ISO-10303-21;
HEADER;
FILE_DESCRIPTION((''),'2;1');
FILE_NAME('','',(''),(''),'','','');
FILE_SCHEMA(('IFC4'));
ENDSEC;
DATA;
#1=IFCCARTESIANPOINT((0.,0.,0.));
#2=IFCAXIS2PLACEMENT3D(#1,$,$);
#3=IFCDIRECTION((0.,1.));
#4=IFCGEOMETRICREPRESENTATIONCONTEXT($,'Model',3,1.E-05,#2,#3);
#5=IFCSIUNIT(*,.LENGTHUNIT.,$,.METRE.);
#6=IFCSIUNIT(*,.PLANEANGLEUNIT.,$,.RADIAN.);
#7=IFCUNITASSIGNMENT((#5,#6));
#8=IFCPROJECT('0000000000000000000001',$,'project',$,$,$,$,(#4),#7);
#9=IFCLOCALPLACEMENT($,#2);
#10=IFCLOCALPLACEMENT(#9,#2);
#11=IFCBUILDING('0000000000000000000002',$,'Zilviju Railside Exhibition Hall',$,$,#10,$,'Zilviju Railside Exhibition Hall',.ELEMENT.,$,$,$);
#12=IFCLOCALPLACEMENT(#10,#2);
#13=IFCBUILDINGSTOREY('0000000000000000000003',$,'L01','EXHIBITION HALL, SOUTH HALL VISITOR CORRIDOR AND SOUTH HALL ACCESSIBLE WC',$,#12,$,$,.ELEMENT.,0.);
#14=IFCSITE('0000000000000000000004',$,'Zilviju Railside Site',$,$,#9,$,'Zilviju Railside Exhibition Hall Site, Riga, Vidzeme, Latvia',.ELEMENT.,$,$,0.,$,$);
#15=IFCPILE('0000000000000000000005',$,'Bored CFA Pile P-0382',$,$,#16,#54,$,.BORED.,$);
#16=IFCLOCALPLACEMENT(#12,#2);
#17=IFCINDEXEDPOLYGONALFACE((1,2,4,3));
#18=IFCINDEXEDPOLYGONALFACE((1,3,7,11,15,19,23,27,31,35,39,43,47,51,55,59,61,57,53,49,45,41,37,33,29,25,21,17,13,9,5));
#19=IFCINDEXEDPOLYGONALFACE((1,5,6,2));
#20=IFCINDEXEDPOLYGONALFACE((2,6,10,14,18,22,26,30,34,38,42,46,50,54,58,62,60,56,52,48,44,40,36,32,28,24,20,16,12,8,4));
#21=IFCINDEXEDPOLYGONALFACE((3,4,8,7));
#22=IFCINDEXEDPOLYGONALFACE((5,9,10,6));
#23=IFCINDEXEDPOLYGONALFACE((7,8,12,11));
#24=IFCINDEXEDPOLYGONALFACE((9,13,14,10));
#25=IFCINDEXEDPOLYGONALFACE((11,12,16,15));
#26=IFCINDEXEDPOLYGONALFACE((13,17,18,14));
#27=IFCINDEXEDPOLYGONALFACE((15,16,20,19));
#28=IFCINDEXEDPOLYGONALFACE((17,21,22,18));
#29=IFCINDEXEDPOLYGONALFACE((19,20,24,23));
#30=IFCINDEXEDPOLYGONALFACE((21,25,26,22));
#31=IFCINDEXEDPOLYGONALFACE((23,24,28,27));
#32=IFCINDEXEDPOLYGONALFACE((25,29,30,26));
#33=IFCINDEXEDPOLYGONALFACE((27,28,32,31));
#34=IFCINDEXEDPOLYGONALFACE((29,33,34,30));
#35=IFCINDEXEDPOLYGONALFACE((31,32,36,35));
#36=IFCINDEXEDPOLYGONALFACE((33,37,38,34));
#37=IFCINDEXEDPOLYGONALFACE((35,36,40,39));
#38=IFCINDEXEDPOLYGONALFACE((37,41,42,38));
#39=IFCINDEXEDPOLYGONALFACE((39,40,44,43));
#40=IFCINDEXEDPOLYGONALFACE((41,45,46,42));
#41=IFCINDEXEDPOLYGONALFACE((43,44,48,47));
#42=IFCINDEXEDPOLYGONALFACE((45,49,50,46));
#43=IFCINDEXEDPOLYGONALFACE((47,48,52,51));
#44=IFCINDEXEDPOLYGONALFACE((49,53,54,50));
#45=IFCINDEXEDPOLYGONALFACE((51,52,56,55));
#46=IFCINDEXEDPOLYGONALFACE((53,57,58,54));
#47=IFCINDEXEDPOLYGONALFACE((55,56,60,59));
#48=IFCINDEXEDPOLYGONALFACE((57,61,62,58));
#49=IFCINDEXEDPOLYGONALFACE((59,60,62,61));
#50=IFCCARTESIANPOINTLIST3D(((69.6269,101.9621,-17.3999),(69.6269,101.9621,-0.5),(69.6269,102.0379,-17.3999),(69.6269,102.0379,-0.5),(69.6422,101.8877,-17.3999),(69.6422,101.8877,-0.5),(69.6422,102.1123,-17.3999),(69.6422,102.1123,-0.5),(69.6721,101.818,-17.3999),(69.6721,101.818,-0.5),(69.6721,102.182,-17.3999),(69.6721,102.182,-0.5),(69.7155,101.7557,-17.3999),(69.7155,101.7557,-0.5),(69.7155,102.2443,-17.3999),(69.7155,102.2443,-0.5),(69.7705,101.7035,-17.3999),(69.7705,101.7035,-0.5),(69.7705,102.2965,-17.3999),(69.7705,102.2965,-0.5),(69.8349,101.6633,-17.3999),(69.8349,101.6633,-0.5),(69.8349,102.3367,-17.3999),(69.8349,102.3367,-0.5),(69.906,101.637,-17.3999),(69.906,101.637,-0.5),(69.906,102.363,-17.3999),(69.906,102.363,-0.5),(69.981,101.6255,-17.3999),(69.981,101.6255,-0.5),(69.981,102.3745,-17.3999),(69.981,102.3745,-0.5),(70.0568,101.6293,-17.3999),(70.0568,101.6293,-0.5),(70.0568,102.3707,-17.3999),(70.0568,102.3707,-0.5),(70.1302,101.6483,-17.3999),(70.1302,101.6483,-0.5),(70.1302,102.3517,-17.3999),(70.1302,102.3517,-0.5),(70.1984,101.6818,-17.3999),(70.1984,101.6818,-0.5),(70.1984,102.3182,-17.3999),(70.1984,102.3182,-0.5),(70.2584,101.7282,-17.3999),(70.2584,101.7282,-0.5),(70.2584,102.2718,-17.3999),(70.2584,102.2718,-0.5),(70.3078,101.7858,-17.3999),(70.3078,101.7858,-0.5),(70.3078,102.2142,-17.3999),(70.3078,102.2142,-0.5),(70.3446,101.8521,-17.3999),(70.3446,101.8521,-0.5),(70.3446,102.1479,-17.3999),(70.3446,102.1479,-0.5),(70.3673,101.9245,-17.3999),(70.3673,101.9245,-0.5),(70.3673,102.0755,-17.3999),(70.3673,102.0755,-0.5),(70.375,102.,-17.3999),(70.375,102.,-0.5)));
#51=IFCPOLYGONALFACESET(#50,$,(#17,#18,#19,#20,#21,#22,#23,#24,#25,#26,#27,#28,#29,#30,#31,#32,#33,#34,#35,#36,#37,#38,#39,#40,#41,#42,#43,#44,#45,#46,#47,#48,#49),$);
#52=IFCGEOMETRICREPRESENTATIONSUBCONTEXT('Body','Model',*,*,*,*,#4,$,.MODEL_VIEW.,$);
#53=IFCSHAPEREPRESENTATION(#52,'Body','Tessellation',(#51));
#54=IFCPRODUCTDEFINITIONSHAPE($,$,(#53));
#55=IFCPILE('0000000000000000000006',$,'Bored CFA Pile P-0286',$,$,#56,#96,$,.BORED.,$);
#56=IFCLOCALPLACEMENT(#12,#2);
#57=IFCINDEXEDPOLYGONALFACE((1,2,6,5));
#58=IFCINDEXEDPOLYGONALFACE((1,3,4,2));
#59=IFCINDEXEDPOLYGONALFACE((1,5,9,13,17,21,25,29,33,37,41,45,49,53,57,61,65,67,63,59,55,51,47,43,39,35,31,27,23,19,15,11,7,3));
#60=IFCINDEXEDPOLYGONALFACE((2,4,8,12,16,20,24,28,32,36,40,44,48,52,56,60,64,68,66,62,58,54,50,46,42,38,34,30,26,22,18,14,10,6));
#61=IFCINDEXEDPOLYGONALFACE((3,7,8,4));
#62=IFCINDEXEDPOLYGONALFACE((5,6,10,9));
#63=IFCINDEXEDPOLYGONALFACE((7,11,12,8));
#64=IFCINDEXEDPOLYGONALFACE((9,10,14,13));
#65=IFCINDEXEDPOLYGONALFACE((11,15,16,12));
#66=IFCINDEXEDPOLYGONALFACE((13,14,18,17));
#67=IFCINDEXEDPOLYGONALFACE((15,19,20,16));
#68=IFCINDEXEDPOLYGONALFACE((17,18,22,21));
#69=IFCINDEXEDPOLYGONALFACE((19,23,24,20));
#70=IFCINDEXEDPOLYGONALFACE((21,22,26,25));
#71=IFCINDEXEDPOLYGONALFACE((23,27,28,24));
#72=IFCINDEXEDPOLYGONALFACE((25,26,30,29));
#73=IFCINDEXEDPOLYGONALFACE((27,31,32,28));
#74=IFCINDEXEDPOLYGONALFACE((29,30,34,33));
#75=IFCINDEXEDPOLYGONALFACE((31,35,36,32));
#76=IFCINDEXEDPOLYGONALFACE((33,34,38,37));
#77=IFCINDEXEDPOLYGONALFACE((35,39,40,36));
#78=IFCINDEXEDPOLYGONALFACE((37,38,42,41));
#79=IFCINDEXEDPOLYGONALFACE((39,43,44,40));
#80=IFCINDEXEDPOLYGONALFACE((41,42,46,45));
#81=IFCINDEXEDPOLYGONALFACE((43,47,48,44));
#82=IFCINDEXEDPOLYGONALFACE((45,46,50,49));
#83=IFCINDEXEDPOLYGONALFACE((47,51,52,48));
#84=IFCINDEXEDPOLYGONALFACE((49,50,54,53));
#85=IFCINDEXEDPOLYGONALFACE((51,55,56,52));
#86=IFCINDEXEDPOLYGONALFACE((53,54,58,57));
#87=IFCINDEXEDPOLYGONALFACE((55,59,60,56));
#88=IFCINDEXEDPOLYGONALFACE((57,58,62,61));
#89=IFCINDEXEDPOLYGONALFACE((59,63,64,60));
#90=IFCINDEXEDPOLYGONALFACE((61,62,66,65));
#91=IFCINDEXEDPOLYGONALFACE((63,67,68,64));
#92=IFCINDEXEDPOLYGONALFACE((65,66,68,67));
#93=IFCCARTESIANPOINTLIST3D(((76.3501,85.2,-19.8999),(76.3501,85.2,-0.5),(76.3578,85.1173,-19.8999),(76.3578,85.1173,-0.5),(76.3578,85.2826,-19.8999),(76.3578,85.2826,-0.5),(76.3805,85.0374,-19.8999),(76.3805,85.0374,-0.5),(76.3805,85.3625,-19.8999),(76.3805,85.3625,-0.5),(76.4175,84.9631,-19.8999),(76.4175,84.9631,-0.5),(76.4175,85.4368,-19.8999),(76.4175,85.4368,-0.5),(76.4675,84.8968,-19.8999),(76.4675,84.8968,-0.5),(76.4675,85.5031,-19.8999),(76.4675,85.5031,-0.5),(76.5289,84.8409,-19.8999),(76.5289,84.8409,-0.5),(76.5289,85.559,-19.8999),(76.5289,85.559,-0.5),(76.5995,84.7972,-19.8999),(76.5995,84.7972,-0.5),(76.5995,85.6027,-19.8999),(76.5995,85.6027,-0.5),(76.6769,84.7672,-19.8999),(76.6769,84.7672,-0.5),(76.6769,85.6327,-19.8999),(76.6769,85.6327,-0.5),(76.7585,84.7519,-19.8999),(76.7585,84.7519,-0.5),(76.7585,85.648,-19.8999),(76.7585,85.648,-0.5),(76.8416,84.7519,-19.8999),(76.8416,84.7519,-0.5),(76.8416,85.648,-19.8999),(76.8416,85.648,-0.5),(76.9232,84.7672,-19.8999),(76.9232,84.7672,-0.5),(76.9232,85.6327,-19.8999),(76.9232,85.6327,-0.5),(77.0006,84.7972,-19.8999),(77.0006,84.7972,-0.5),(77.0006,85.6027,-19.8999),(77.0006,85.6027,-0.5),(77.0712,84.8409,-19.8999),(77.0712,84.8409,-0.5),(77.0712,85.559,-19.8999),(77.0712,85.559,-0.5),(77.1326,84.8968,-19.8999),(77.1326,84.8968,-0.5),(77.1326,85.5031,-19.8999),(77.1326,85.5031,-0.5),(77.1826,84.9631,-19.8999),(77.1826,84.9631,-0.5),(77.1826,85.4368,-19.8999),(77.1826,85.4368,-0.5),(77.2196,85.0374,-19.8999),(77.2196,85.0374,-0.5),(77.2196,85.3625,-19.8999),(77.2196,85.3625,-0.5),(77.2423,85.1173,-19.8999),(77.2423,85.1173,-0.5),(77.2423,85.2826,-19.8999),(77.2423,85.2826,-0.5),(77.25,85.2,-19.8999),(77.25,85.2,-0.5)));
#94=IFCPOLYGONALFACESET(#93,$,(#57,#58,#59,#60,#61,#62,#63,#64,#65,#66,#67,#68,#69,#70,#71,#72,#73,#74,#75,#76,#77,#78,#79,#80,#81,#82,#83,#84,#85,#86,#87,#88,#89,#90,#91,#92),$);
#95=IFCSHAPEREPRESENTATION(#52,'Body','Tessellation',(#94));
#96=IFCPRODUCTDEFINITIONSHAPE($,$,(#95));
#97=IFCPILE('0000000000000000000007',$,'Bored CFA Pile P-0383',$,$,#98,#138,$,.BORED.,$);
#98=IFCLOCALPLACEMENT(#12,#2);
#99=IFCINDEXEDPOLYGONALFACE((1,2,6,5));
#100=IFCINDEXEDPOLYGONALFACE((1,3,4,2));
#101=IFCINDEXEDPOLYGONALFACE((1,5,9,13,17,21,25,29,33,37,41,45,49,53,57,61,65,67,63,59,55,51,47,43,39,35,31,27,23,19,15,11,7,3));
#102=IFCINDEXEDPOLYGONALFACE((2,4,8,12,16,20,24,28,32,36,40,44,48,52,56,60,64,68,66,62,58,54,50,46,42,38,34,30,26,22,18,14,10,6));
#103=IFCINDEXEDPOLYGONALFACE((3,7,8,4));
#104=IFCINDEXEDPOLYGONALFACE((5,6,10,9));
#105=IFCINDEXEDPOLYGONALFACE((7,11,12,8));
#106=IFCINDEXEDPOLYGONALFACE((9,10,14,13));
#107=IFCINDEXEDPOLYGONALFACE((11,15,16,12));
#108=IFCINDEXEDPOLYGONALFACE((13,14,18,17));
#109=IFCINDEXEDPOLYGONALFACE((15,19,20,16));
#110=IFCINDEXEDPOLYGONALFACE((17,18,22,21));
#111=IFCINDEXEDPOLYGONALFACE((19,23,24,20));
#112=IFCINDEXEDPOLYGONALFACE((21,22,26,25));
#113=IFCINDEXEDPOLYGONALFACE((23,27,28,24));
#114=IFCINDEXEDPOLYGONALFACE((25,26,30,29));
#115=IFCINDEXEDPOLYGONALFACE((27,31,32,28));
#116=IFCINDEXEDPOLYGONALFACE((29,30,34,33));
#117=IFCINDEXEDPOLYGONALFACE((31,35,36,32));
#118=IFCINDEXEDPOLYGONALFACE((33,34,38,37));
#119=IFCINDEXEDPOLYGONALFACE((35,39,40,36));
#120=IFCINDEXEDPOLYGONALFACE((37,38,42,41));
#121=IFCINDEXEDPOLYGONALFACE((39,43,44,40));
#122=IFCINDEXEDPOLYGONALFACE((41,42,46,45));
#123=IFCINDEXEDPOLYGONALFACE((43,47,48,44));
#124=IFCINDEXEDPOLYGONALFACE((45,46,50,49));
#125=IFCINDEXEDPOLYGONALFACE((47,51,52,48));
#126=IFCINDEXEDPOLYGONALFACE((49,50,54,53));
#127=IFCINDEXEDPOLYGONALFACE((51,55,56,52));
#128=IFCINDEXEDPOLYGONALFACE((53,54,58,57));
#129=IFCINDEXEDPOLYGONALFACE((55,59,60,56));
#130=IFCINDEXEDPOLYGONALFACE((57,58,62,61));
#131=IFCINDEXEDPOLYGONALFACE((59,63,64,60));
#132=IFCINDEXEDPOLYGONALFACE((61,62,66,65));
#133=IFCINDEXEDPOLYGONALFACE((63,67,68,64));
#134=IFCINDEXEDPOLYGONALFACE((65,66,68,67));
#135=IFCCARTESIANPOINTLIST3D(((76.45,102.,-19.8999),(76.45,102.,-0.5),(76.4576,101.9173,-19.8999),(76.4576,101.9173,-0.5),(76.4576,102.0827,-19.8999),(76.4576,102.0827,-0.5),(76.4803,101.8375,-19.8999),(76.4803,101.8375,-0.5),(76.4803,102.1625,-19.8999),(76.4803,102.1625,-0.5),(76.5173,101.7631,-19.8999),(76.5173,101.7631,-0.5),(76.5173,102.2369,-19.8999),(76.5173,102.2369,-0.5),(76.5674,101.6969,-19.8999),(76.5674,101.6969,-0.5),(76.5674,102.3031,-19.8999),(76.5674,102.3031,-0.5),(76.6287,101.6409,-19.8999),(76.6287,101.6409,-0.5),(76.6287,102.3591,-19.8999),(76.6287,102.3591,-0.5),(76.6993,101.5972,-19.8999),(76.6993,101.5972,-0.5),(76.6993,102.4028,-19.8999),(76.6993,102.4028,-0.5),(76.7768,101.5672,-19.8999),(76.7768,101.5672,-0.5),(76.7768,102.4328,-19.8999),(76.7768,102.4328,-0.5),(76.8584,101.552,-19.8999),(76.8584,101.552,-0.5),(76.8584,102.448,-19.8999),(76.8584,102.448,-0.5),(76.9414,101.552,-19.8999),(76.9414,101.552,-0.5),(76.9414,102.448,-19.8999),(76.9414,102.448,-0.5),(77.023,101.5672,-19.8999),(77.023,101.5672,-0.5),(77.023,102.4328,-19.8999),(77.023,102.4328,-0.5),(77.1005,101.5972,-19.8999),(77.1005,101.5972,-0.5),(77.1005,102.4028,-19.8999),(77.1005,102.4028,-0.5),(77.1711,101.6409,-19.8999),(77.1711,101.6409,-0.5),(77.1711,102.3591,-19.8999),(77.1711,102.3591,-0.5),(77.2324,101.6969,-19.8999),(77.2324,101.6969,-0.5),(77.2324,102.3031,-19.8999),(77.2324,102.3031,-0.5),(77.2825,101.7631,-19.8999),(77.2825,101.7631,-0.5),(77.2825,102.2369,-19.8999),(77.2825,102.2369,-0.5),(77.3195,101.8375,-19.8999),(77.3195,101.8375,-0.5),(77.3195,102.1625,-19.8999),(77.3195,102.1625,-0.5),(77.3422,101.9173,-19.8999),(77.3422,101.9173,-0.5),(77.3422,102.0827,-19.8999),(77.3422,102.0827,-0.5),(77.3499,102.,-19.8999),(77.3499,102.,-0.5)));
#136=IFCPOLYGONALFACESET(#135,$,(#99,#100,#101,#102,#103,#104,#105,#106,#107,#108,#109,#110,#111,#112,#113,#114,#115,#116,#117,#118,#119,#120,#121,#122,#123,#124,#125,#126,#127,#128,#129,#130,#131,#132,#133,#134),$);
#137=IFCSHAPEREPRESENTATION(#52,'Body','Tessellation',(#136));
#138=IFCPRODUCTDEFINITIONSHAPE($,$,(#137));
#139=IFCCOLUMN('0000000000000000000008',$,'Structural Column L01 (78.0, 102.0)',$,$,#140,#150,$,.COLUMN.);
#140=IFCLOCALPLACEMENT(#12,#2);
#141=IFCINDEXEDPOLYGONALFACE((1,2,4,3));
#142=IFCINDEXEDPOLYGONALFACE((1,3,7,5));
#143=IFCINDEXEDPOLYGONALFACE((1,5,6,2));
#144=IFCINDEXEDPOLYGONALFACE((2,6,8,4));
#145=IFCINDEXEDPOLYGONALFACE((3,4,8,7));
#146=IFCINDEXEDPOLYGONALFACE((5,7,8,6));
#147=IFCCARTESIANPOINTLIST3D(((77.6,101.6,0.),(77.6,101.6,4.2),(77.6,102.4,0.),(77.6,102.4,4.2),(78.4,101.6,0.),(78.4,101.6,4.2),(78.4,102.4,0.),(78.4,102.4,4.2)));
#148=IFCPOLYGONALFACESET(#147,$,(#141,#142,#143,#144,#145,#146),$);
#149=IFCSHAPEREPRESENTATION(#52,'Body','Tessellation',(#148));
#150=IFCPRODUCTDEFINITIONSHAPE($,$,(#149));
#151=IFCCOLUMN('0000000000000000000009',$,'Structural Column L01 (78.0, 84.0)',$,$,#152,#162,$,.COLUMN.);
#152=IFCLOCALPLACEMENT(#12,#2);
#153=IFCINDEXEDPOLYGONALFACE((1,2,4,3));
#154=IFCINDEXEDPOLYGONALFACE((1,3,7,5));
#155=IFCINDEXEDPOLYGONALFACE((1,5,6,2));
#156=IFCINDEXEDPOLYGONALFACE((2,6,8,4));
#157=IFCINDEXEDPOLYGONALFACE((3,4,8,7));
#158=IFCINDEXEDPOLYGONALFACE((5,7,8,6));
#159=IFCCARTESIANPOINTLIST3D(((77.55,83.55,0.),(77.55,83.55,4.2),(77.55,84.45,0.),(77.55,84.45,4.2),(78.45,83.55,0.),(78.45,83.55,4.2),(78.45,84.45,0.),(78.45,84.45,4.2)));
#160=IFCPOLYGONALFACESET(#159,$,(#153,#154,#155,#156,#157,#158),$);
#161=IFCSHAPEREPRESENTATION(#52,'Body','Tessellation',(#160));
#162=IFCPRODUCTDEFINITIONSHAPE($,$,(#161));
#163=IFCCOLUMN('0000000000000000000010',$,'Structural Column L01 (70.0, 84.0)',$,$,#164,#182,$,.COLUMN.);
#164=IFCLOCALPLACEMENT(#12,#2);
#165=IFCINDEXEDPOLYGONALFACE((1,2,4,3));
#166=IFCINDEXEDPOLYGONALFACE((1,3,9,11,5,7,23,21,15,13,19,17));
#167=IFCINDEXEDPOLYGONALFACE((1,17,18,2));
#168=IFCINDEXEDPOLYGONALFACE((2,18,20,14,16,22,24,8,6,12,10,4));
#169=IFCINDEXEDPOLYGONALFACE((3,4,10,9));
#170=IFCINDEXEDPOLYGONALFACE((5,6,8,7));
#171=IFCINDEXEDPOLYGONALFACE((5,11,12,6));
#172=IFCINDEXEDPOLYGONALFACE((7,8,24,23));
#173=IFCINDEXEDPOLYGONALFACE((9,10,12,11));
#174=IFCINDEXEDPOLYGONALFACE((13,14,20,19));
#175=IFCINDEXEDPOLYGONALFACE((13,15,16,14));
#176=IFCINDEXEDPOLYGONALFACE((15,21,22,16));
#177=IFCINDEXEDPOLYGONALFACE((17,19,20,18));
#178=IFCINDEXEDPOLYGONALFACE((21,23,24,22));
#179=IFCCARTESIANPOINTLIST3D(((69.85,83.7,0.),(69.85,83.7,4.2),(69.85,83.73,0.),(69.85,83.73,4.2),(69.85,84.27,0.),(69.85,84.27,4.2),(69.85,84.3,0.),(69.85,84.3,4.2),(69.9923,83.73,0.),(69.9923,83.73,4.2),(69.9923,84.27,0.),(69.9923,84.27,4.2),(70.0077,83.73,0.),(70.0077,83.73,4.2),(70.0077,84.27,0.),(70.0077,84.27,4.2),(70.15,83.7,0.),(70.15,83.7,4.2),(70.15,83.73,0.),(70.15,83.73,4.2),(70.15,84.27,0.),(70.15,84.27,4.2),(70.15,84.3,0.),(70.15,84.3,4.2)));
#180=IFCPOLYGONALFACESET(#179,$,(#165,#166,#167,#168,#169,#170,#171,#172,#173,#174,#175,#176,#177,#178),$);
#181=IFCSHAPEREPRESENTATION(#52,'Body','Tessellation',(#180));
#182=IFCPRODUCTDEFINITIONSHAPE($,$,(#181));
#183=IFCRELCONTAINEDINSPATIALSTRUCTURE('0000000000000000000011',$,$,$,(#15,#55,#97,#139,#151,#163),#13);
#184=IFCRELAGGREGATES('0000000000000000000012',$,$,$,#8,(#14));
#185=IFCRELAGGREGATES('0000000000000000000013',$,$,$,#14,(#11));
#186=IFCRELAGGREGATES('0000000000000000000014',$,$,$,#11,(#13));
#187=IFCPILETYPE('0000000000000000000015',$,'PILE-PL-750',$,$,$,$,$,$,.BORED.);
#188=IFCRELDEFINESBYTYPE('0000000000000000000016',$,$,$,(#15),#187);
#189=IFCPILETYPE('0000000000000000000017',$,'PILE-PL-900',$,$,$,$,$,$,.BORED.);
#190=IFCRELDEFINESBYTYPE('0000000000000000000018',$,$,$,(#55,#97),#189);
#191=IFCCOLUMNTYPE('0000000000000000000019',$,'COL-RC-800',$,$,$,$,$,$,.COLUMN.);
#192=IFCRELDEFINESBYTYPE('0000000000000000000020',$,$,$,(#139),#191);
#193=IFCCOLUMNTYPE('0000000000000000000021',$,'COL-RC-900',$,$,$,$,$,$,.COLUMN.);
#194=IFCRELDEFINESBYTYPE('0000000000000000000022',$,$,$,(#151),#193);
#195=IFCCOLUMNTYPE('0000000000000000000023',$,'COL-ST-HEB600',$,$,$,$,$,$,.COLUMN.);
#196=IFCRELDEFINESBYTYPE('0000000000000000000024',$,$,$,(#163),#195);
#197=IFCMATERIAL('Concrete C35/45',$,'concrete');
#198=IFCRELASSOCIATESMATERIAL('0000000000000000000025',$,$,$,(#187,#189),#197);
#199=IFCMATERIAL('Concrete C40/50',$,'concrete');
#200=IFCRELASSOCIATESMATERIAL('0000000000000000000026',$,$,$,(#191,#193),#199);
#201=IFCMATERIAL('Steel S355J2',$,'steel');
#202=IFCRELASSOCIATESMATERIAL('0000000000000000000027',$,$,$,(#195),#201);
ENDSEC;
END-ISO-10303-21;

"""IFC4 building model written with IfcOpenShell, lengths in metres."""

from ifc_helpers import new_model, si_unit, direction, frame, origin, origin_2d, place, context, subcontext, project, spatial, rectangle, circle, i_section, extrude, material, material_profile, profile_set, type_object, element, save


model = new_model("IFC4")

# Units and contexts
model_context = context("Model", 3, precision=1e-05, world=origin(), true_north=direction((0.0, 1.0)))
body_context = subcontext(model_context, "Body", "Model", "MODEL_VIEW")
ifc_project = project(units=[si_unit("LENGTHUNIT", "METRE"), si_unit("PLANEANGLEUNIT", "RADIAN")], contexts=[model_context])

# Site, building, storey
site_placement = place(None, origin())
site = spatial("IfcSite", under=ifc_project, at=site_placement, Name="Zilviju Railside Site", LongName="Zilviju Railside Exhibition Hall Site, Riga, Vidzeme, Latvia", CompositionType="ELEMENT", RefElevation=0.0)
building_placement = place(site_placement, origin())
building = spatial("IfcBuilding", under=site, at=building_placement, Name="Zilviju Railside Exhibition Hall", LongName="Zilviju Railside Exhibition Hall", CompositionType="ELEMENT")
storey_placement = place(building_placement, origin())
storey = spatial("IfcBuildingStorey", under=building, at=storey_placement, Name="L01", Description="EXHIBITION HALL, SOUTH HALL VISITOR CORRIDOR AND SOUTH HALL ACCESSIBLE WC", CompositionType="ELEMENT", Elevation=0.0)

# Shared definitions
ifc_material_1 = material(Name="Concrete C35/45", Category="concrete")

# Piles
ifc_material_profile_1 = material_profile(ifc_material_1, circle(Radius=0.375, at=origin_2d()), Name="CFA PILE D750")
ifc_profile_set_1 = profile_set([ifc_material_profile_1], Name="Concrete C35/45")
pile_type_1 = type_object("IfcPileType", Name="PILE-PL-750", PredefinedType="BORED", material=ifc_profile_set_1)
for number, where, z_axis, x_axis, name in (
    (1, (70.0, 102.0, -0.5), (0.0, 0.0, -1.0), (1.0, 0.0, 0.0), "Bored CFA Pile P-0382"),
):
    element("IfcPile", number, at=place(storey_placement, frame(where, z_axis=z_axis, x_axis=x_axis)), inside=storey, type_object=pile_type_1, Name=name, PredefinedType="BORED", context=body_context, shape_type="SweptSolid", body=[
        extrude(circle(Radius=0.375, at=origin_2d()), origin(), (0.0, 0.0, 1.0), 16.8999),
    ])
ifc_material_profile_2 = material_profile(ifc_material_1, circle(Radius=0.45, at=origin_2d()), Name="CFA PILE D900")
ifc_profile_set_2 = profile_set([ifc_material_profile_2], Name="Concrete C35/45")
pile_type_2 = type_object("IfcPileType", Name="PILE-PL-900", PredefinedType="BORED", material=ifc_profile_set_2)
for number, where, z_axis, x_axis, name in (
    (2, (76.8, 85.2, -0.5), (0.0, 0.0, -1.0), (1.0, 0.0, 0.0), "Bored CFA Pile P-0286"),
    (3, (76.8999, 102.0, -0.5), (0.0, 0.0, -1.0), (1.0, 0.0, 0.0), "Bored CFA Pile P-0383"),
):
    element("IfcPile", number, at=place(storey_placement, frame(where, z_axis=z_axis, x_axis=x_axis)), inside=storey, type_object=pile_type_2, Name=name, PredefinedType="BORED", context=body_context, shape_type="SweptSolid", body=[
        extrude(circle(Radius=0.45, at=origin_2d()), origin(), (0.0, 0.0, 1.0), 19.3999),
    ])

# Columns
ifc_material_2 = material(Name="Concrete C40/50", Category="concrete")
ifc_material_profile_3 = material_profile(ifc_material_2, rectangle(XDim=0.8, YDim=0.8, at=origin_2d()), Name="RC COL 800x800")
ifc_profile_set_3 = profile_set([ifc_material_profile_3], Name="Concrete C40/50")
column_type_1 = type_object("IfcColumnType", Name="COL-RC-800", PredefinedType="COLUMN", material=ifc_profile_set_3)
column_1_placement = place(storey_placement, frame((78.0, 102.0, 0.0), z_axis=(0.0, 0.0, 1.0), x_axis=(1.0, 0.0, 0.0)))
element("IfcColumn", 4, at=column_1_placement, inside=storey, type_object=column_type_1, Name="Structural Column L01 (78.0, 102.0)", PredefinedType="COLUMN", context=body_context, shape_type="SweptSolid", body=[
    extrude(rectangle(XDim=0.8, YDim=0.8, at=origin_2d()), origin(), (0.0, 0.0, 1.0), 4.2),
])
ifc_material_profile_4 = material_profile(ifc_material_2, rectangle(XDim=0.8999, YDim=0.8999, at=origin_2d()), Name="RC COL 900x900")
ifc_profile_set_4 = profile_set([ifc_material_profile_4], Name="Concrete C40/50")
column_type_2 = type_object("IfcColumnType", Name="COL-RC-900", PredefinedType="COLUMN", material=ifc_profile_set_4)
column_2_placement = place(storey_placement, frame((78.0, 84.0, 0.0), z_axis=(0.0, 0.0, 1.0), x_axis=(1.0, 0.0, 0.0)))
element("IfcColumn", 5, at=column_2_placement, inside=storey, type_object=column_type_2, Name="Structural Column L01 (78.0, 84.0)", PredefinedType="COLUMN", context=body_context, shape_type="SweptSolid", body=[
    extrude(rectangle(XDim=0.8999, YDim=0.8999, at=origin_2d()), origin(), (0.0, 0.0, 1.0), 4.2),
])
ifc_material_3 = material(Name="Steel S355J2", Category="steel")
ifc_material_profile_5 = material_profile(ifc_material_3, i_section(OverallWidth=0.3, OverallDepth=0.6001, WebThickness=0.0154, FlangeThickness=0.03, at=origin_2d()), Name="HEB 600")
ifc_profile_set_5 = profile_set([ifc_material_profile_5], Name="Steel S355J2")
column_type_3 = type_object("IfcColumnType", Name="COL-ST-HEB600", PredefinedType="COLUMN", material=ifc_profile_set_5)
for number, where, z_axis, x_axis, name in (
    (6, (70.0, 84.0, 0.0), (0.0, 0.0, 1.0), (1.0, 0.0, 0.0), "Structural Column L01 (70.0, 84.0)"),
):
    element("IfcColumn", number, at=place(storey_placement, frame(where, z_axis=z_axis, x_axis=x_axis)), inside=storey, type_object=column_type_3, Name=name, PredefinedType="COLUMN", context=body_context, shape_type="SweptSolid", body=[
        extrude(i_section(OverallWidth=0.3, OverallDepth=0.6001, WebThickness=0.0154, FlangeThickness=0.03, at=origin_2d()), origin(), (0.0, 0.0, 1.0), 4.2),
    ])

save(model, "model.ifc")
